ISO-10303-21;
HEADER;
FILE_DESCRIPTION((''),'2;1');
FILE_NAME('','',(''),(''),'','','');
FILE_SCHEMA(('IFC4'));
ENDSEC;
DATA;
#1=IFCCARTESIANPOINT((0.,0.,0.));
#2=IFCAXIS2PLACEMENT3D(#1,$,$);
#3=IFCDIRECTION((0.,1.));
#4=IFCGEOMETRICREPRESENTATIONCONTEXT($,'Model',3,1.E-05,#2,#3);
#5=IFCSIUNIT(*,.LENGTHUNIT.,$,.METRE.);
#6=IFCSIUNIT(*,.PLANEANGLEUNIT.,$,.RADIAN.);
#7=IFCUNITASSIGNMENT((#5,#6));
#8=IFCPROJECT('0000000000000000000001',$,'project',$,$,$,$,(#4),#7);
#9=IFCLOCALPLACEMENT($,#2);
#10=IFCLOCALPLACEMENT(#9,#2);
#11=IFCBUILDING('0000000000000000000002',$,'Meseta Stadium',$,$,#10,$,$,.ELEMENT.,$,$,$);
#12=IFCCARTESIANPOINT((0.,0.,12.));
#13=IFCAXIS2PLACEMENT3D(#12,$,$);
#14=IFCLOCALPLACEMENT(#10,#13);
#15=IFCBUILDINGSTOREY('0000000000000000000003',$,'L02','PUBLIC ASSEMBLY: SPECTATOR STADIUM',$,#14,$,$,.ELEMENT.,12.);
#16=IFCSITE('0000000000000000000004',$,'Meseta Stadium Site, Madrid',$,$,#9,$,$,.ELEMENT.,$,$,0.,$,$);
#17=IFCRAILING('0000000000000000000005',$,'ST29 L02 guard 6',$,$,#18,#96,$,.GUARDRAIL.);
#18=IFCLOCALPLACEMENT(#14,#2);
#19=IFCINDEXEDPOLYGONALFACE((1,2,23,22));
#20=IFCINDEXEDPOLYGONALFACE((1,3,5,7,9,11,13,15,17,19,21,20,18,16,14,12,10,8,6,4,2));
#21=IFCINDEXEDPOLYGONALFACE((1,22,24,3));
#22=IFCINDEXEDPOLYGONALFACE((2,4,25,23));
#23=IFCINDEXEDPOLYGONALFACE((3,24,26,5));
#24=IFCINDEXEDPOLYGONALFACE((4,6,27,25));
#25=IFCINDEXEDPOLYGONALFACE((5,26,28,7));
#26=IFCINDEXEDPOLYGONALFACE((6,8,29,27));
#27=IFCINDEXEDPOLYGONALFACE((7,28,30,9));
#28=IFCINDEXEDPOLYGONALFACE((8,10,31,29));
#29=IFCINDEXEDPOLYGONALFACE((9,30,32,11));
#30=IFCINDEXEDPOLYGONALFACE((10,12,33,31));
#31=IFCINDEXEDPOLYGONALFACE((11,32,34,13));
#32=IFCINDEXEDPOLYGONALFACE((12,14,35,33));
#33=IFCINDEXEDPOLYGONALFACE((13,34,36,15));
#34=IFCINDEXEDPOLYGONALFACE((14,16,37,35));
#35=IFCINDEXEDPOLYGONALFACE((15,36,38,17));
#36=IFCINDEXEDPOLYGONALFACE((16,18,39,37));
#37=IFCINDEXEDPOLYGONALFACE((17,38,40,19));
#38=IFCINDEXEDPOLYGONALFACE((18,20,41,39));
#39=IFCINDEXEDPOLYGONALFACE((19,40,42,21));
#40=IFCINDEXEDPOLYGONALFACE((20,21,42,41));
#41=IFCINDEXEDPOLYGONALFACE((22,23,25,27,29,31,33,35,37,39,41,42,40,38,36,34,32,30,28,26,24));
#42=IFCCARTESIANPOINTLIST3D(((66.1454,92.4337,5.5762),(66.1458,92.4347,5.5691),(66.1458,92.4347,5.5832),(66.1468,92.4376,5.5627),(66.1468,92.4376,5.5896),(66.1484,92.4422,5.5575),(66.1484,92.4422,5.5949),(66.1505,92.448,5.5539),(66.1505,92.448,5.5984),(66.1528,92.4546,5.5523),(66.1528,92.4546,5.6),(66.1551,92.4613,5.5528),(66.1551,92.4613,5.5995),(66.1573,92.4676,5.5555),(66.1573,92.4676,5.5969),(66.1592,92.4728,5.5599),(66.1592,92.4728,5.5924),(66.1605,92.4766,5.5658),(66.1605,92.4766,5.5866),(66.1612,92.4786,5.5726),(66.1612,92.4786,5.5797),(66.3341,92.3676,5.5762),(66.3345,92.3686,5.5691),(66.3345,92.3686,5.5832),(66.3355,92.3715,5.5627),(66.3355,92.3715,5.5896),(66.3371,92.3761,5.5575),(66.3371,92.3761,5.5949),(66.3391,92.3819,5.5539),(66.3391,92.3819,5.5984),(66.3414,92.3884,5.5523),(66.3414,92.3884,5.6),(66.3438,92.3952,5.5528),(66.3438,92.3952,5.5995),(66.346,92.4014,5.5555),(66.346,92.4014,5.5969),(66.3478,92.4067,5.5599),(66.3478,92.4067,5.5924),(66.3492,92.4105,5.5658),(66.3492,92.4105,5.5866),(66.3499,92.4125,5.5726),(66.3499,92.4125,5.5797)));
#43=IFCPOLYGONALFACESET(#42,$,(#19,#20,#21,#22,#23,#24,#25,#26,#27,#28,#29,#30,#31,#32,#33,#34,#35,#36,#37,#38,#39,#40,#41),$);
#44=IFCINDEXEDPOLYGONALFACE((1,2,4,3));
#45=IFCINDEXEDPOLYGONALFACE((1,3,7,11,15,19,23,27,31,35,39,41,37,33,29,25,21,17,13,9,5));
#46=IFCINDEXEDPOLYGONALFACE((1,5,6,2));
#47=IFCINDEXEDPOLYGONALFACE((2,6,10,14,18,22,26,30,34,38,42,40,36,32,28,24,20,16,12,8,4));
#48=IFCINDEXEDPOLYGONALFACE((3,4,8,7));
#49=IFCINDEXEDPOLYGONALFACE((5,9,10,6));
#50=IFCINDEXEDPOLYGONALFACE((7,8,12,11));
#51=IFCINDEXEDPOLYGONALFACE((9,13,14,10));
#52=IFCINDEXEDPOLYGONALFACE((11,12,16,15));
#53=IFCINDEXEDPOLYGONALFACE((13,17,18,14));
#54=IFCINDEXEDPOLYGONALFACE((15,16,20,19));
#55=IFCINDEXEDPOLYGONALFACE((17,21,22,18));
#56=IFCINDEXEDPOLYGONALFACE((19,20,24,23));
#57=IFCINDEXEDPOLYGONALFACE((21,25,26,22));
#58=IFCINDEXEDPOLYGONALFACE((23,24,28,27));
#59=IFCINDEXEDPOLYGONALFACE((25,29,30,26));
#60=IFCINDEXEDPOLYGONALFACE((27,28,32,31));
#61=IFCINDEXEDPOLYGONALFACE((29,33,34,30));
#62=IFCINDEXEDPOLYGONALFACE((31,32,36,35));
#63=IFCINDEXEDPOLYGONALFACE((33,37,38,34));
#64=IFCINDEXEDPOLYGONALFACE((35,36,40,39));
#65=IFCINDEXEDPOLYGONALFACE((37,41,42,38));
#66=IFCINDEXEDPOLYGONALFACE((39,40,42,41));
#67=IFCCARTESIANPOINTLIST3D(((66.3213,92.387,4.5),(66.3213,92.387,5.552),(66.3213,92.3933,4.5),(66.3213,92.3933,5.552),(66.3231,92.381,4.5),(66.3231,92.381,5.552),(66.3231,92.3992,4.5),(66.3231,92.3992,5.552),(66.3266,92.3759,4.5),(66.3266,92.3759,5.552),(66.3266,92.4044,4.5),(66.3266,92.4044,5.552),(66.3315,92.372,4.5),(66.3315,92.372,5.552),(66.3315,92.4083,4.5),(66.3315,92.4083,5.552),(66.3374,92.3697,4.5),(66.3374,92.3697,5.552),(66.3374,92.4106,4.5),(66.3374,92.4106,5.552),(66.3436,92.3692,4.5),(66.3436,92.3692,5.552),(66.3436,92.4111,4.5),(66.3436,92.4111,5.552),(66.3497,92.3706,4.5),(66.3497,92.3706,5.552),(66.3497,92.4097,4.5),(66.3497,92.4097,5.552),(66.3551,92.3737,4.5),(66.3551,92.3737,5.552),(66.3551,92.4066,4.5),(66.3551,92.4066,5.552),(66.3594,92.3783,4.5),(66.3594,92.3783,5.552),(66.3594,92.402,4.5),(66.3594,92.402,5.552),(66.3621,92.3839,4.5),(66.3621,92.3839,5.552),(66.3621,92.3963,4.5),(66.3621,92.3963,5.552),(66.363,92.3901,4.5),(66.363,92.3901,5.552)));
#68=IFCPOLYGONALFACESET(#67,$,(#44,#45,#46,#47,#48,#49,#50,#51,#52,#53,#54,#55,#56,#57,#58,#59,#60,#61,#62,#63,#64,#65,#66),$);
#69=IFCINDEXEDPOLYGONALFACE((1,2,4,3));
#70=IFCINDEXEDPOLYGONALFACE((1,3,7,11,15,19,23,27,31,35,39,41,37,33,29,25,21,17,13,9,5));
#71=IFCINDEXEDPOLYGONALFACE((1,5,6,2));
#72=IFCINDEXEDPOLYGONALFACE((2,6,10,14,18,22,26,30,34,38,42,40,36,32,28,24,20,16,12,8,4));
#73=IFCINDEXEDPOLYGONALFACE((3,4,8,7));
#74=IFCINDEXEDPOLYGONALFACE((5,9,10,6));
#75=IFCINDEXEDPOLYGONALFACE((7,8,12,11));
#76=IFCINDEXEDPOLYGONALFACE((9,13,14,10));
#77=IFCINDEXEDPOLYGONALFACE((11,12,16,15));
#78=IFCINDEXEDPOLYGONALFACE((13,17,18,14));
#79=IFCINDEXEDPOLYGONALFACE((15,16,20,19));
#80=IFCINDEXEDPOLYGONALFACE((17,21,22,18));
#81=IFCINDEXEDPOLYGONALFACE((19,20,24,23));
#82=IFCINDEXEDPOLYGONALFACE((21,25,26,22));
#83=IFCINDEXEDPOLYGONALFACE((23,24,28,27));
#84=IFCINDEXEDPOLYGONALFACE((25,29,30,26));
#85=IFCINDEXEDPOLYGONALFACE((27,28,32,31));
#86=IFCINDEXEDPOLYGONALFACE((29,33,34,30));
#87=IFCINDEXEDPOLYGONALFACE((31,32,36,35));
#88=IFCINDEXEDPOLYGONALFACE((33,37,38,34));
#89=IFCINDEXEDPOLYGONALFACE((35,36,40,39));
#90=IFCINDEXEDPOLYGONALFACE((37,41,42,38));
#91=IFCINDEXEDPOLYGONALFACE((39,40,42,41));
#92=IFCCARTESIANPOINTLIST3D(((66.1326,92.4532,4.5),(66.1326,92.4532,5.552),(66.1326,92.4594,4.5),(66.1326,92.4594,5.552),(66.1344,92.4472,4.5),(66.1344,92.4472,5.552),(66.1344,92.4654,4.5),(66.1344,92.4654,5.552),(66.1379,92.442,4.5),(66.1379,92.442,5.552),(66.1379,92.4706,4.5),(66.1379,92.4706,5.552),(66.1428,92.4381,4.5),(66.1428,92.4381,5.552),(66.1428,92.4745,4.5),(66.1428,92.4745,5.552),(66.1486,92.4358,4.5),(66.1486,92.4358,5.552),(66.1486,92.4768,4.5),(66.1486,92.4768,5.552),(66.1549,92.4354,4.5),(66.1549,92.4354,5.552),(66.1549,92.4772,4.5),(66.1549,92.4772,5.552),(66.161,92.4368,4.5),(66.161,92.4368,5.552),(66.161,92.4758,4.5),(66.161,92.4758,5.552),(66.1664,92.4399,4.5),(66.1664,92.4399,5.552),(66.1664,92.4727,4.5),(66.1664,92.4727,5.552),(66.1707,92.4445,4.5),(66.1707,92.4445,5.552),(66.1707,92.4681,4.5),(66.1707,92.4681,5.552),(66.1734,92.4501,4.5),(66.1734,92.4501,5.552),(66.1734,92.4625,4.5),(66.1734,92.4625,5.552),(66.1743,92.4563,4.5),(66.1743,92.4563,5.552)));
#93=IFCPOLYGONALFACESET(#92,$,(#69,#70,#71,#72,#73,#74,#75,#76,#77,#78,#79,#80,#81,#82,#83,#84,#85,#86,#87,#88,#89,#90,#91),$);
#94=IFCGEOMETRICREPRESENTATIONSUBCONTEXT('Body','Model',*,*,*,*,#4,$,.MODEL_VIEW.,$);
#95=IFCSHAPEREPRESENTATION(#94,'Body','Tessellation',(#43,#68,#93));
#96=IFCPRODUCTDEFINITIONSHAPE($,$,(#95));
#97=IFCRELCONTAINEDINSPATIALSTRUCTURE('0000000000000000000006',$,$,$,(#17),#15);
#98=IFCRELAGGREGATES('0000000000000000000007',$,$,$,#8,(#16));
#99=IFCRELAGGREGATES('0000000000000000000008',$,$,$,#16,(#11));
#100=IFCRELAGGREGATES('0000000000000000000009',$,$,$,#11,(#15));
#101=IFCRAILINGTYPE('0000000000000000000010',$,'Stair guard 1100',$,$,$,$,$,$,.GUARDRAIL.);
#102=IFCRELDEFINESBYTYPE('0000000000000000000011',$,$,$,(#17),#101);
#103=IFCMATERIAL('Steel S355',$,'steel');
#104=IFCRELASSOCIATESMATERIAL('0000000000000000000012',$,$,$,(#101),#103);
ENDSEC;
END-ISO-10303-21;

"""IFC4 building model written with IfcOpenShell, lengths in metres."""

from ifc_helpers import new_model, si_unit, direction, frame, origin, origin_2d, place, context, subcontext, project, spatial, circle, extrude, material, type_object, element, save


model = new_model("IFC4")

# Units and contexts
model_context = context("Model", 3, precision=1e-05, world=origin(), true_north=direction((0.0, 1.0)))
body_context = subcontext(model_context, "Body", "Model", "MODEL_VIEW")
ifc_project = project(units=[si_unit("LENGTHUNIT", "METRE"), si_unit("PLANEANGLEUNIT", "RADIAN")], contexts=[model_context])

# Site, building, storey
site_placement = place(None, origin())
site = spatial("IfcSite", under=ifc_project, at=site_placement, Name="Meseta Stadium Site, Madrid", CompositionType="ELEMENT", RefElevation=0.0)
building_placement = place(site_placement, origin())
building = spatial("IfcBuilding", under=site, at=building_placement, Name="Meseta Stadium", CompositionType="ELEMENT")
storey_placement = place(building_placement, frame((0.0, 0.0, 12.0)))
storey = spatial("IfcBuildingStorey", under=building, at=storey_placement, Name="L02", Description="PUBLIC ASSEMBLY: SPECTATOR STADIUM", CompositionType="ELEMENT", Elevation=12.0)

# Railing
ifc_material_1 = material(Name="Steel S355", Category="steel")
railing_type_1 = type_object("IfcRailingType", Name="Stair guard 1100", PredefinedType="GUARDRAIL", material=ifc_material_1)
railing_1_placement = place(storey_placement, frame((66.342, 92.3901, 4.5)))
element("IfcRailing", 1, at=railing_1_placement, inside=storey, type_object=railing_type_1, Name="ST29 L02 guard 6", PredefinedType="GUARDRAIL", context=body_context, shape_type="SweptSolid", body=[
    extrude(circle(Radius=0.0239, at=origin_2d()), frame((0.0, 0.0, 1.0762), z_axis=(-0.943687, 0.33084, 0.0), x_axis=(-0.33084, -0.943687, 0.0)), (0.0, 0.0, 1.0), 0.2),
    extrude(circle(Radius=0.021, at=origin_2d()), origin(), (0.0, 0.0, 1.0), 1.052),
    extrude(circle(Radius=0.021, at=origin_2d()), frame((-0.1887, 0.0662, 0.0)), (0.0, 0.0, 1.0), 1.052),
])

save(model, "model.ifc")
